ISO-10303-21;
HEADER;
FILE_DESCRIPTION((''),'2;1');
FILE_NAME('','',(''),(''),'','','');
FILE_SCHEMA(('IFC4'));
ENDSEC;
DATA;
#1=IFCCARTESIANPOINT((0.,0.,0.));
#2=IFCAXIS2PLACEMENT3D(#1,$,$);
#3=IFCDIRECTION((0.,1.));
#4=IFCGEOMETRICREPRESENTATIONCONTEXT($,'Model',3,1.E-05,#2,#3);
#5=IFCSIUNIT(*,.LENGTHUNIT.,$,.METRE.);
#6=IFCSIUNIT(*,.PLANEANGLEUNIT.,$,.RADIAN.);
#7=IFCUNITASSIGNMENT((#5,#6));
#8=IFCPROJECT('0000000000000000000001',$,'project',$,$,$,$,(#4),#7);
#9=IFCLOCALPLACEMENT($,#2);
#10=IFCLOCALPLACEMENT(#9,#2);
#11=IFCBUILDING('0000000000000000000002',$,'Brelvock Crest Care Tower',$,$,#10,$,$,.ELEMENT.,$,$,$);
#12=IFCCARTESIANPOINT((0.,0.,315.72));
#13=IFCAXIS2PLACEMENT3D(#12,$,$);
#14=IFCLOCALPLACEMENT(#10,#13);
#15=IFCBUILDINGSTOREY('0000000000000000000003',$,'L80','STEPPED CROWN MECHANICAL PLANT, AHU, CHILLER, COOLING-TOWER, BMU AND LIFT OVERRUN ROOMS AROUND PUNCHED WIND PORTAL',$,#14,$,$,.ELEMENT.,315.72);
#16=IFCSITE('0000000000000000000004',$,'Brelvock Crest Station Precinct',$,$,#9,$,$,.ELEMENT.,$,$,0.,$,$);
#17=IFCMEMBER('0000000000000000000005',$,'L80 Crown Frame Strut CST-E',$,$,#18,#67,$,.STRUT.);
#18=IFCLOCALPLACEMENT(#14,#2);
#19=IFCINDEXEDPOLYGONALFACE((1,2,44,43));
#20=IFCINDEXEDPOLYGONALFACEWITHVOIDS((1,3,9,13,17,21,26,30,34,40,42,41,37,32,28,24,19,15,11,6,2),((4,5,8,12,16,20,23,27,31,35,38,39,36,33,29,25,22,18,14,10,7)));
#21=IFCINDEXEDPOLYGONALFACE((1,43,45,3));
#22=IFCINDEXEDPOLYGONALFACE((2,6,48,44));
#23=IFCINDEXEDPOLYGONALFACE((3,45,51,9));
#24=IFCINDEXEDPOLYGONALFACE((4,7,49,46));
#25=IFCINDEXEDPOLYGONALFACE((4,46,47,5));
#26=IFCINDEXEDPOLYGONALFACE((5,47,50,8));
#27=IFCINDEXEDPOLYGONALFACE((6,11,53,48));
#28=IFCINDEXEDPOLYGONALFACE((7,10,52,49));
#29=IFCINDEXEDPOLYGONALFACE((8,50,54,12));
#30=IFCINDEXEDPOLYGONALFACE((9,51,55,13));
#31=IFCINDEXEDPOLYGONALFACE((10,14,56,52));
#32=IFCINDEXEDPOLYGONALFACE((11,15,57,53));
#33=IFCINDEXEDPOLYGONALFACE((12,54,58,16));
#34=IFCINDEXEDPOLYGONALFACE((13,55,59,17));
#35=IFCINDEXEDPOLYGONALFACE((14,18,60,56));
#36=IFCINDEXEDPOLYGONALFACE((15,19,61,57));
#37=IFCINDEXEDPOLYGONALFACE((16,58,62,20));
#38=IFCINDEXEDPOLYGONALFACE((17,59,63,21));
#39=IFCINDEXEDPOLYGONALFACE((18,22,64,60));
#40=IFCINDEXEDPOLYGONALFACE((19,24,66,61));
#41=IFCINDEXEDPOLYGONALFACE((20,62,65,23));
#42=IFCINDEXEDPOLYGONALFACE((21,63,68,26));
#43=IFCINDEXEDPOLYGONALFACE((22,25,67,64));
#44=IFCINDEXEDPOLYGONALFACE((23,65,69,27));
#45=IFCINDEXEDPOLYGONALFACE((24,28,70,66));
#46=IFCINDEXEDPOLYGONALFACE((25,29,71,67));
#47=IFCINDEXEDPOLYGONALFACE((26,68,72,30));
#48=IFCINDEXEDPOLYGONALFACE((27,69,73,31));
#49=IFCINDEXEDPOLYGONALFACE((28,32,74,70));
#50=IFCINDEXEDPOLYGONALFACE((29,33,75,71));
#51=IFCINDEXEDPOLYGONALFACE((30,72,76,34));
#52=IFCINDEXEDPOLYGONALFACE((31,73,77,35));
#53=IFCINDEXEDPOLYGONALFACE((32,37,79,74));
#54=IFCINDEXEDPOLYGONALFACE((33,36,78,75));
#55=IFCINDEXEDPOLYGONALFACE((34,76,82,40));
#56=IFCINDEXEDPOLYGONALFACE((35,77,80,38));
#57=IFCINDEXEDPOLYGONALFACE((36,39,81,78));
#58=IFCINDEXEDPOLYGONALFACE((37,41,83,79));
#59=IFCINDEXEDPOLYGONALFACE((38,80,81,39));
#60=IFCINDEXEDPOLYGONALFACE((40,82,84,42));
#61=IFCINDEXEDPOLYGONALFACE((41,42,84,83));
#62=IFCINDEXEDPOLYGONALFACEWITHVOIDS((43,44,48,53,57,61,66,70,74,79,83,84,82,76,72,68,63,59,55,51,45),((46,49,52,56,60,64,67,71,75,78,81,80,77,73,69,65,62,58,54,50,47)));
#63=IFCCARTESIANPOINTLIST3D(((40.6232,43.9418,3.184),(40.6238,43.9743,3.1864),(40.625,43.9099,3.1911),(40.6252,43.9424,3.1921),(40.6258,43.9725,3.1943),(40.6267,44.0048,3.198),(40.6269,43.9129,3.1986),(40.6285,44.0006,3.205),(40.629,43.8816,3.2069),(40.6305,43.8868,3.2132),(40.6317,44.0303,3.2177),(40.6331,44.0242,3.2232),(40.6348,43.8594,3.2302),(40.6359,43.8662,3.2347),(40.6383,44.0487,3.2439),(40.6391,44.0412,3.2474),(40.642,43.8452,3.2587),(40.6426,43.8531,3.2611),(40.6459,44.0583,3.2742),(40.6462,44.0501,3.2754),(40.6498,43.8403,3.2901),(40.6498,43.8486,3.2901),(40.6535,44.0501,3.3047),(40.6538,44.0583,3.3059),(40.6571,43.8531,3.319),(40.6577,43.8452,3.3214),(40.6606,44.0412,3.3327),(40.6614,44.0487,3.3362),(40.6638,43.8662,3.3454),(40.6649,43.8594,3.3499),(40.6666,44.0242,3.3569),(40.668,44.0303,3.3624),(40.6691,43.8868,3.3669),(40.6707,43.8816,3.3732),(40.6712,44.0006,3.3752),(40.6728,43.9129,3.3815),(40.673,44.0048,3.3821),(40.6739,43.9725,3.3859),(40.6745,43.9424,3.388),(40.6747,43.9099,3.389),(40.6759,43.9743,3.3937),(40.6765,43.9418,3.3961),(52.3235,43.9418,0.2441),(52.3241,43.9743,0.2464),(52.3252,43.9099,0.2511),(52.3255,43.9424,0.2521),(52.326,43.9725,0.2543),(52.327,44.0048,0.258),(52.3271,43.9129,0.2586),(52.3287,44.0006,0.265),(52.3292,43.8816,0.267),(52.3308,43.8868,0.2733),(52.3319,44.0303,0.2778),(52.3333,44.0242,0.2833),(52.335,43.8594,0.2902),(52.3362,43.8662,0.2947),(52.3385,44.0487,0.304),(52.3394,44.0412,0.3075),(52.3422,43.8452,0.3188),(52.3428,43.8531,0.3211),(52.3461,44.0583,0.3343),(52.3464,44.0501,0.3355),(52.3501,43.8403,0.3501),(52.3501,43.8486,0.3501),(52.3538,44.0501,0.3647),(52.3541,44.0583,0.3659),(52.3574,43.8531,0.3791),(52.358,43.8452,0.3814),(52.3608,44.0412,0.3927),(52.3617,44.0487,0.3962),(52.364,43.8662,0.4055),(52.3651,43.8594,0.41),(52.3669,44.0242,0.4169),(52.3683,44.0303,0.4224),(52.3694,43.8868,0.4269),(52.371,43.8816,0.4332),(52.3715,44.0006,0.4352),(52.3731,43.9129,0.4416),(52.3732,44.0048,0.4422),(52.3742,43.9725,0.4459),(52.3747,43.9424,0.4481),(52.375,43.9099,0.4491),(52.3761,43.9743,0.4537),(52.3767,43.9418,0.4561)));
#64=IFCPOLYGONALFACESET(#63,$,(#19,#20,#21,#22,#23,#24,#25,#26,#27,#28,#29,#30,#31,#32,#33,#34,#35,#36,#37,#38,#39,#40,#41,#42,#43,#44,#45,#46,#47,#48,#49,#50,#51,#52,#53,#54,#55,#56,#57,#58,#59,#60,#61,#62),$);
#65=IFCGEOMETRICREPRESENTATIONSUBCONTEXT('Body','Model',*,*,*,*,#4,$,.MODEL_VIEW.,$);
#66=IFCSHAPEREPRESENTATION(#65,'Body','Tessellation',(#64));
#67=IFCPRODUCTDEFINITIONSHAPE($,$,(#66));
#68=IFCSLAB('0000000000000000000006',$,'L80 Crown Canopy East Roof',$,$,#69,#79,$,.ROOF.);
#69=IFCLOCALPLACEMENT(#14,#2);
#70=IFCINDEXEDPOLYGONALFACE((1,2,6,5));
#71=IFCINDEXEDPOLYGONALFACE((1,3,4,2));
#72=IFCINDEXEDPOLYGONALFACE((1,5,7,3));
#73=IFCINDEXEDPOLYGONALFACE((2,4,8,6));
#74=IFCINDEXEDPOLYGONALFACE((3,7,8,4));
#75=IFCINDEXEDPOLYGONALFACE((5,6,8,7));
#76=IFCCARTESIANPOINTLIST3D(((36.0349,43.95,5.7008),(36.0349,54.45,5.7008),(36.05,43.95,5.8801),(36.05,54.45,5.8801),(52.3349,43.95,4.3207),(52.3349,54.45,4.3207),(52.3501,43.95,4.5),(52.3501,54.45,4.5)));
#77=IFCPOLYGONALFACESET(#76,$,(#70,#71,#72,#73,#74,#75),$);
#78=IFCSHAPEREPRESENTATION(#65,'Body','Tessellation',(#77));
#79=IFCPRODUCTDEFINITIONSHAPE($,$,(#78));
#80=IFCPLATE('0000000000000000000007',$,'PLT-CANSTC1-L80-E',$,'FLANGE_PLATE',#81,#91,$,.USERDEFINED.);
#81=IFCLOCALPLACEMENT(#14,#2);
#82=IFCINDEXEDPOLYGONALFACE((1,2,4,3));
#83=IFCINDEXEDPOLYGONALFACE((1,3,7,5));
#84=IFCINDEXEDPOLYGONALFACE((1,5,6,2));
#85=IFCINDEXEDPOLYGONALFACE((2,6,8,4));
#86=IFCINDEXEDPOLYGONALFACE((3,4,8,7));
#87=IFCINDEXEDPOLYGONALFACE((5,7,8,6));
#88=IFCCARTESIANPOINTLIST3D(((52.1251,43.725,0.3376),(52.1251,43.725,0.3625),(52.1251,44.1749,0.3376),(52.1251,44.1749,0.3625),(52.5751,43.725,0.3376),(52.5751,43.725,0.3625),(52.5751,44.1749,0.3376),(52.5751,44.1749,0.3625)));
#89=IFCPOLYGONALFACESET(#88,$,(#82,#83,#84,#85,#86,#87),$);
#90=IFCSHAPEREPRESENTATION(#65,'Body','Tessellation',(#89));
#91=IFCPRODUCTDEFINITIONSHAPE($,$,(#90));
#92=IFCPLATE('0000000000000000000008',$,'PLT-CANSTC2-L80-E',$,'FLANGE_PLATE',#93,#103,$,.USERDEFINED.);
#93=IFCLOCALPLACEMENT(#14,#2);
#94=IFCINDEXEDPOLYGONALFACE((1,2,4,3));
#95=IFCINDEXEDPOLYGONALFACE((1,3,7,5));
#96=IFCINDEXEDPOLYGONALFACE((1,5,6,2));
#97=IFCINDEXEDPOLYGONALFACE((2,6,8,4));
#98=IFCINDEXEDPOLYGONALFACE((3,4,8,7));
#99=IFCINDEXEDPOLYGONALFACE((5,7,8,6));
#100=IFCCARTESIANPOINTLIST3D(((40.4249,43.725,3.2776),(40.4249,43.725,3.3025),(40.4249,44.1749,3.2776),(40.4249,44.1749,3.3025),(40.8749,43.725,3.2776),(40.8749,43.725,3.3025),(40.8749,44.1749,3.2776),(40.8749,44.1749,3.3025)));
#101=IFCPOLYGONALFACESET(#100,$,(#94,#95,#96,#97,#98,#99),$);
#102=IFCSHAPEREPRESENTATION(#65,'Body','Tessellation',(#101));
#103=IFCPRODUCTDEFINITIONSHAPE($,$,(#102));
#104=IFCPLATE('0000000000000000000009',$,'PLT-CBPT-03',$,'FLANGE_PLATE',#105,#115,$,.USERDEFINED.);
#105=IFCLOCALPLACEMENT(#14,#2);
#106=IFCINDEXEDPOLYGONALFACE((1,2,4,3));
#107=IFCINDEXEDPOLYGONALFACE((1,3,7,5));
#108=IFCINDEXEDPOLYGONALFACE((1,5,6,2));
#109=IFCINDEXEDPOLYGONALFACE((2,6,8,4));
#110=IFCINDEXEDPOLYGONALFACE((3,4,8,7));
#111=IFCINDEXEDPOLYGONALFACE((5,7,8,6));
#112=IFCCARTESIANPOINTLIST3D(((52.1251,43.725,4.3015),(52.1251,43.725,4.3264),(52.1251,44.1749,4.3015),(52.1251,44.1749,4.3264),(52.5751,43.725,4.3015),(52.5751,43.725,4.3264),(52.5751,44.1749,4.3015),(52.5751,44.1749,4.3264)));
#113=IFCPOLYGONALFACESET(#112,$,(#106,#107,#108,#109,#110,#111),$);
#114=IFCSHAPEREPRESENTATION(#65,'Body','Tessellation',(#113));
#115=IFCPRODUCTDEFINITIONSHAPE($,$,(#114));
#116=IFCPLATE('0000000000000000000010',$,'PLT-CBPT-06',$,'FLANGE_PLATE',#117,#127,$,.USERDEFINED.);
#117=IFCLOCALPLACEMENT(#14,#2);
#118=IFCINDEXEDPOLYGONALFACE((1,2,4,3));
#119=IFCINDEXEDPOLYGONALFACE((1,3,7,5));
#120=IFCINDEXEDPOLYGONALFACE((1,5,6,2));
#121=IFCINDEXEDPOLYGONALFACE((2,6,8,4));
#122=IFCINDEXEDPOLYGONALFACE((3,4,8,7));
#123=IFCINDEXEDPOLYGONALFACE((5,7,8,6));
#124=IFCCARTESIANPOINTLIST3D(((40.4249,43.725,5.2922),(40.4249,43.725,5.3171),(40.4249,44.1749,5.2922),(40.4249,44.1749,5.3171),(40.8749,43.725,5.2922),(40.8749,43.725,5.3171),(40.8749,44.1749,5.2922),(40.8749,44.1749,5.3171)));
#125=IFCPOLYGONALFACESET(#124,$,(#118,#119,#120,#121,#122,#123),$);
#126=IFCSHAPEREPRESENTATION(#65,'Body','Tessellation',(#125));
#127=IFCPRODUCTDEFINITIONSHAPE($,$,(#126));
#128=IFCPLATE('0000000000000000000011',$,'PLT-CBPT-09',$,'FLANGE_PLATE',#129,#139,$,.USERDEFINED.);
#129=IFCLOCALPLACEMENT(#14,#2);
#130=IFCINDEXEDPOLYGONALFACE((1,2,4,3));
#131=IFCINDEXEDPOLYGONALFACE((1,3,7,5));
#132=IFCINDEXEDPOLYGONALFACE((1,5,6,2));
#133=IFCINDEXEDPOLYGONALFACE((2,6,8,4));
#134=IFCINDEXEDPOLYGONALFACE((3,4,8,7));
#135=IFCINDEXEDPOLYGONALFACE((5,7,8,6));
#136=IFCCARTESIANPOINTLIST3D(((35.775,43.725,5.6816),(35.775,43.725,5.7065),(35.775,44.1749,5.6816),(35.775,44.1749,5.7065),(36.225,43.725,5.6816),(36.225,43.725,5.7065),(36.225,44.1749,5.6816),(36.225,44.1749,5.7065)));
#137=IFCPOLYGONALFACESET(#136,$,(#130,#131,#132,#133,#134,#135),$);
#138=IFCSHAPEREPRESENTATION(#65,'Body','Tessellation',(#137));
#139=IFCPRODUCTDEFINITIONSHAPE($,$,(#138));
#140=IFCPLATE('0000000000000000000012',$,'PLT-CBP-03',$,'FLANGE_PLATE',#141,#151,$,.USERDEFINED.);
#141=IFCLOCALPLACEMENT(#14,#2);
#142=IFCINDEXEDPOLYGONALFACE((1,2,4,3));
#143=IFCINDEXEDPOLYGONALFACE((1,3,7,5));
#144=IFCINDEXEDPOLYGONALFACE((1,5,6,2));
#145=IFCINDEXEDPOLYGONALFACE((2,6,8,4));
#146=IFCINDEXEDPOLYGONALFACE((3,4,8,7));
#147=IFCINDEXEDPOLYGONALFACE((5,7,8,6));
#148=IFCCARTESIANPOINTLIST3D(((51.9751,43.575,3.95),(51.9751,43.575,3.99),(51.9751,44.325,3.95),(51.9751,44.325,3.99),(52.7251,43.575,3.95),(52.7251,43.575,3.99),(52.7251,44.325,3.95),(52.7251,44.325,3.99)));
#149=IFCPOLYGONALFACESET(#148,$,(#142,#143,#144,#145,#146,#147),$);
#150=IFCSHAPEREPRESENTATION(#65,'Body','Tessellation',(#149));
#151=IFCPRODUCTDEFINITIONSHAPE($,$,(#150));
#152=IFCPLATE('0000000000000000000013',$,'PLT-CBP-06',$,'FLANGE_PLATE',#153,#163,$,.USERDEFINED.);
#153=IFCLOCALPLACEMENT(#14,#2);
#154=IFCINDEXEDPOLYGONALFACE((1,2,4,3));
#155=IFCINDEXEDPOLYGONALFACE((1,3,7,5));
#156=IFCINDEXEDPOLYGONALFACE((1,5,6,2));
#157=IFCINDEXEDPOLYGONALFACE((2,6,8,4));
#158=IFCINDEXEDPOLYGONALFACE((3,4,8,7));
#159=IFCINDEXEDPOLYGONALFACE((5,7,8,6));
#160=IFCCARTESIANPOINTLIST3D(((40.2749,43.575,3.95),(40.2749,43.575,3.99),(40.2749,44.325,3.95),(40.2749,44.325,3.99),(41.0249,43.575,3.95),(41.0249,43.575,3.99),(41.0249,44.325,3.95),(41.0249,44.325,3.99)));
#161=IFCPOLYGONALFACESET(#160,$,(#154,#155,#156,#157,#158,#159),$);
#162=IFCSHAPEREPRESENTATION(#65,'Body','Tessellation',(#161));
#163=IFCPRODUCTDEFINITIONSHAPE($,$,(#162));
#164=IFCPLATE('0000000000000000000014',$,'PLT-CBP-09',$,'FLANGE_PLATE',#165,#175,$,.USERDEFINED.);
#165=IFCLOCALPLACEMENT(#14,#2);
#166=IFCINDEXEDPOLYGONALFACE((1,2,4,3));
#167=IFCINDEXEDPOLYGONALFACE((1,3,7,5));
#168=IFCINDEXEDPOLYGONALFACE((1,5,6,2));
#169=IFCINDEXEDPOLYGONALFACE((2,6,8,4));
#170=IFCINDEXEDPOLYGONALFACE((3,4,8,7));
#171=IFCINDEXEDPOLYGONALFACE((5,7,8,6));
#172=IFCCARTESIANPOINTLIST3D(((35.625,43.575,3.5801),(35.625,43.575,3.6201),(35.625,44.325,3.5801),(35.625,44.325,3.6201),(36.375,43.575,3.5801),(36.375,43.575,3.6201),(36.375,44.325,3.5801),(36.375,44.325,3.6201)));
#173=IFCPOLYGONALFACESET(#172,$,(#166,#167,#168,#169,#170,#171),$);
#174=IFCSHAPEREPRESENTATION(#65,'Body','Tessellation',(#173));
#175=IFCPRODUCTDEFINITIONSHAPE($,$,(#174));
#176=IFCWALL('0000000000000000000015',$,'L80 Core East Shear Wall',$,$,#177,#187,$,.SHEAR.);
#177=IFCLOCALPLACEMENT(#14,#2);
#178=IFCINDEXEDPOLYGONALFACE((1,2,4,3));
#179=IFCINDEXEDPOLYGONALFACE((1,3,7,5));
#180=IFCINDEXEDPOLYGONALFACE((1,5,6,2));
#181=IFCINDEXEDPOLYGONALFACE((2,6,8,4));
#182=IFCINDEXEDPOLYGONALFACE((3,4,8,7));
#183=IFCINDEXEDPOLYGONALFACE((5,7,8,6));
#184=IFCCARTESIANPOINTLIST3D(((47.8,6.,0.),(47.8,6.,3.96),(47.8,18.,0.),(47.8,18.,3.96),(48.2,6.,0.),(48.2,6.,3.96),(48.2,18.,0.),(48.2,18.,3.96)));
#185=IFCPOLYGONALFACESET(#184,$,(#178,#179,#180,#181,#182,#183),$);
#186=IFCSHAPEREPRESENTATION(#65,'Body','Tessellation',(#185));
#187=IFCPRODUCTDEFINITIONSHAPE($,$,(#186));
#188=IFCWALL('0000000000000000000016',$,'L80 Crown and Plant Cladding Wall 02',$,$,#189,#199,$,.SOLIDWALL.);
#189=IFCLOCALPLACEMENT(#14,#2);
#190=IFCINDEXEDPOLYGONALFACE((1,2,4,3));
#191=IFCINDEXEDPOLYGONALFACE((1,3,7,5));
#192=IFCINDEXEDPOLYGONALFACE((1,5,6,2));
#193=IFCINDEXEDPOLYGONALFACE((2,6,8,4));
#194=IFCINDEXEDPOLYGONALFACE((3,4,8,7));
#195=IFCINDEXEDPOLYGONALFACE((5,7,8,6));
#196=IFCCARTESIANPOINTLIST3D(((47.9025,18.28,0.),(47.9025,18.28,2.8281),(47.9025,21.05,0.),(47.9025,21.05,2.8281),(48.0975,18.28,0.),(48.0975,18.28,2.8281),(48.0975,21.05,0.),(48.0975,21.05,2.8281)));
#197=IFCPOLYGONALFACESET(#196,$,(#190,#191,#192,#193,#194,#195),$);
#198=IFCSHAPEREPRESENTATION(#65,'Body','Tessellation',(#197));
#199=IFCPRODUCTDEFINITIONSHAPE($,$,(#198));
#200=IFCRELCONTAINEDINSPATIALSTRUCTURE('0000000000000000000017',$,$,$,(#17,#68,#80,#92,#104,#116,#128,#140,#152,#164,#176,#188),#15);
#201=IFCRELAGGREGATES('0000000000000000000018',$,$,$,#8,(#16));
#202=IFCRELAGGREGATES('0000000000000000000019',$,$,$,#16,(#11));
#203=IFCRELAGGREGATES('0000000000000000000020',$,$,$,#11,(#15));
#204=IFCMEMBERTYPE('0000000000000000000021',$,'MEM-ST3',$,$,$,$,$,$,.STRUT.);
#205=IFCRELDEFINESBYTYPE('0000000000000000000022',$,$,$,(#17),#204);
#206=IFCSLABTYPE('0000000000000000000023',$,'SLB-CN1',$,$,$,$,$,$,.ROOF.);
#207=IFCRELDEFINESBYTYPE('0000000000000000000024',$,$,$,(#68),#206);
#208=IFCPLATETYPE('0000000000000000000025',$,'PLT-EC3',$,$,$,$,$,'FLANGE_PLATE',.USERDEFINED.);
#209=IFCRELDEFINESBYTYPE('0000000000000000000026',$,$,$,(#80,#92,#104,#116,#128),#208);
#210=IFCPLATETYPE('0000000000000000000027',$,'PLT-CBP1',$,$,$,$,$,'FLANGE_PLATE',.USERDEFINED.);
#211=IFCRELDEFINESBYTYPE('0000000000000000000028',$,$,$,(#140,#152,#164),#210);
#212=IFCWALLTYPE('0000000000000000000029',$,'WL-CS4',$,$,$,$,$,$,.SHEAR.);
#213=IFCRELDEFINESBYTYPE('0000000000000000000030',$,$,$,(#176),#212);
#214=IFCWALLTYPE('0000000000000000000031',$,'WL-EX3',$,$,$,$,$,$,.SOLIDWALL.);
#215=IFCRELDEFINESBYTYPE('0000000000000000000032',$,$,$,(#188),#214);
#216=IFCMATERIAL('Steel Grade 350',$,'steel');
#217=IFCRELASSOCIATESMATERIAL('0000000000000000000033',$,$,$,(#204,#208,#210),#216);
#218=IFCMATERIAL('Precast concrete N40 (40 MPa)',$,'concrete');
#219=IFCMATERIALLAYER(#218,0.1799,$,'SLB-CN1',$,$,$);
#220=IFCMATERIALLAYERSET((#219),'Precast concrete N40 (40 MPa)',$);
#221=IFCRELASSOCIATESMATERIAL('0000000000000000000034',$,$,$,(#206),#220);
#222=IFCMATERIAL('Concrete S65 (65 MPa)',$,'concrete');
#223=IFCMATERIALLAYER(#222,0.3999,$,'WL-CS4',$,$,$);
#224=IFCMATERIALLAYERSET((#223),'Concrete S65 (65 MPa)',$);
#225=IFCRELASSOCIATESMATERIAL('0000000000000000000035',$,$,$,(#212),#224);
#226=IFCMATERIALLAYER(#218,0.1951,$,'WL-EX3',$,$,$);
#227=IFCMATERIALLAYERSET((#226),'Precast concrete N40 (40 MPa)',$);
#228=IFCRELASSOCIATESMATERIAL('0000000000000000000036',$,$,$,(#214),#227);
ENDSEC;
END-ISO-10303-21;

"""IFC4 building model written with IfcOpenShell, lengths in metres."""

from ifc_helpers import new_model, si_unit, direction, frame, frame_2d, origin, origin_2d, place, context, subcontext, project, spatial, polyline, rectangle, hollow_circle, outline, extrude, source, transform, mapped, material, layer, layer_set, material_profile, profile_set, type_object, element, save


model = new_model("IFC4")

# Units and contexts
model_context = context("Model", 3, precision=1e-05, world=origin(), true_north=direction((0.0, 1.0)))
body_context = subcontext(model_context, "Body", "Model", "MODEL_VIEW")
ifc_project = project(units=[si_unit("LENGTHUNIT", "METRE"), si_unit("PLANEANGLEUNIT", "RADIAN")], contexts=[model_context])

# Site, building, storey
site_placement = place(None, origin())
site = spatial("IfcSite", under=ifc_project, at=site_placement, Name="Brelvock Crest Station Precinct", CompositionType="ELEMENT", RefElevation=0.0)
building_placement = place(site_placement, origin())
building = spatial("IfcBuilding", under=site, at=building_placement, Name="Brelvock Crest Care Tower", CompositionType="ELEMENT")
storey_placement = place(building_placement, frame((0.0, 0.0, 315.72)))
storey = spatial("IfcBuildingStorey", under=building, at=storey_placement, Name="L80", Description="STEPPED CROWN MECHANICAL PLANT, AHU, CHILLER, COOLING-TOWER, BMU AND LIFT OVERRUN ROOMS AROUND PUNCHED WIND PORTAL", CompositionType="ELEMENT", Elevation=315.72)

# Shared definitions
ifc_material_1 = material(Name="Concrete S65 (65 MPa)", Category="concrete")
ifc_material_2 = material(Name="Steel Grade 350", Category="steel")

# Member
ifc_material_profile_1 = material_profile(ifc_material_2, hollow_circle(Radius=0.1096, WallThickness=0.0083, at=origin_2d()), Name="CHS219.1x8.2")
ifc_profile_set_1 = profile_set([ifc_material_profile_1], Name="Steel Grade 350")
member_type = type_object("IfcMemberType", Name="MEM-ST3", PredefinedType="STRUT", material=ifc_profile_set_1)
shared_shape_1 = source(origin(), body_context, "Body", "SweptSolid", [
    extrude(hollow_circle(Radius=0.1096, WallThickness=0.0083, at=origin_2d()), origin(), (0.0, 0.0, 1.0), 12.064),
])
member_placement = place(storey_placement, frame((52.3501, 43.95, 0.3501), z_axis=(-0.969851, 0.0, 0.243697), x_axis=(0.0, -1.0, 0.0)))
element("IfcMember", 1, at=member_placement, inside=storey, type_object=member_type, Name="L80 Crown Frame Strut CST-E", PredefinedType="STRUT", context=body_context, shape_type="MappedRepresentation", body=[
    mapped(shared_shape_1, transform((0.0, 0.0, 0.0), x_axis=(1.0, 0.0, 0.0), y_axis=(0.0, 1.0, 0.0), z_axis=(0.0, 0.0, 1.0), scale=1.0)),
])

# Slab
ifc_material_3 = material(Name="Precast concrete N40 (40 MPa)", Category="concrete")
ifc_layer_1 = layer(ifc_material_3, 0.1799, Name="SLB-CN1")
ifc_layer_set_1 = layer_set([ifc_layer_1], Name="Precast concrete N40 (40 MPa)")
slab_type = type_object("IfcSlabType", Name="SLB-CN1", PredefinedType="ROOF", material=ifc_layer_set_1)
slab_placement = place(storey_placement, frame((36.05, 43.95, 5.8801), z_axis=(0.084368, 0.0, 0.996435), x_axis=(0.996435, 0.0, -0.084368)))
element("IfcSlab", 2, at=slab_placement, inside=storey, type_object=slab_type, Name="L80 Crown Canopy East Roof", PredefinedType="ROOF", context=body_context, shape_type="SweptSolid", body=[
    extrude(outline(polyline([(0.0, 0.0), (16.3584, 0.0), (16.3584, 10.5), (0.0, 10.5), (0.0, 0.0)])), origin(), (0.0, 0.0, -1.0), 0.1799),
])

# Plates
plate_type_1 = type_object("IfcPlateType", Name="PLT-EC3", ElementType="FLANGE_PLATE", PredefinedType="USERDEFINED", material=ifc_material_2)
shared_shape_2 = source(origin(), body_context, "Body", "SweptSolid", [
    extrude(rectangle(XDim=0.45, YDim=0.45, at=origin_2d()), origin(), (0.0, 0.0, 1.0), 0.0249),
])
for number, where, z_axis, x_axis, name in (
    (3, (52.3501, 43.95, 0.3376), (0.0, 0.0, 1.0), (1.0, 0.0, 0.0), "PLT-CANSTC1-L80-E"),
    (4, (40.6499, 43.95, 3.2776), (0.0, 0.0, 1.0), (1.0, 0.0, 0.0), "PLT-CANSTC2-L80-E"),
    (5, (52.3501, 43.95, 4.3015), (0.0, 0.0, 1.0), (1.0, 0.0, 0.0), "PLT-CBPT-03"),
    (6, (40.6499, 43.95, 5.2922), (0.0, 0.0, 1.0), (1.0, 0.0, 0.0), "PLT-CBPT-06"),
    (7, (36.0, 43.95, 5.6816), (0.0, 0.0, 1.0), (1.0, 0.0, 0.0), "PLT-CBPT-09"),
):
    element("IfcPlate", number, at=place(storey_placement, frame(where, z_axis=z_axis, x_axis=x_axis)), inside=storey, type_object=plate_type_1, Name=name, ObjectType="FLANGE_PLATE", PredefinedType="USERDEFINED", context=body_context, shape_type="MappedRepresentation", body=[
        mapped(shared_shape_2, transform((0.0, 0.0, 0.0), x_axis=(1.0, 0.0, 0.0), y_axis=(0.0, 1.0, 0.0), z_axis=(0.0, 0.0, 1.0), scale=1.0)),
    ])
plate_type_2 = type_object("IfcPlateType", Name="PLT-CBP1", ElementType="FLANGE_PLATE", PredefinedType="USERDEFINED", material=ifc_material_2)
shared_shape_3 = source(origin(), body_context, "Body", "SweptSolid", [
    extrude(rectangle(XDim=0.75, YDim=0.75, at=origin_2d()), origin(), (0.0, 0.0, 1.0), 0.04),
])
for number, where, z_axis, x_axis, name in (
    (8, (52.3501, 43.95, 3.95), (0.0, 0.0, 1.0), (1.0, 0.0, 0.0), "PLT-CBP-03"),
    (9, (40.6499, 43.95, 3.95), (0.0, 0.0, 1.0), (1.0, 0.0, 0.0), "PLT-CBP-06"),
    (10, (36.0, 43.95, 3.5801), (0.0, 0.0, 1.0), (1.0, 0.0, 0.0), "PLT-CBP-09"),
):
    element("IfcPlate", number, at=place(storey_placement, frame(where, z_axis=z_axis, x_axis=x_axis)), inside=storey, type_object=plate_type_2, Name=name, ObjectType="FLANGE_PLATE", PredefinedType="USERDEFINED", context=body_context, shape_type="MappedRepresentation", body=[
        mapped(shared_shape_3, transform((0.0, 0.0, 0.0), x_axis=(1.0, 0.0, 0.0), y_axis=(0.0, 1.0, 0.0), z_axis=(0.0, 0.0, 1.0), scale=1.0)),
    ])

# Walls
ifc_layer_2 = layer(ifc_material_1, 0.3999, Name="WL-CS4")
ifc_layer_set_2 = layer_set([ifc_layer_2], Name="Concrete S65 (65 MPa)")
wall_type_1 = type_object("IfcWallType", Name="WL-CS4", PredefinedType="SHEAR", material=ifc_layer_set_2)
wall_1_placement = place(storey_placement, frame((48.0, 18.0, 0.0), z_axis=(0.0, 0.0, 1.0), x_axis=(0.0, -1.0, 0.0)))
element("IfcWall", 11, at=wall_1_placement, inside=storey, type_object=wall_type_1, Name="L80 Core East Shear Wall", PredefinedType="SHEAR", context=body_context, shape_type="SweptSolid", body=[
    extrude(rectangle(XDim=12.0, YDim=0.3999, at=frame_2d((6.0, 0.0))), origin(), (0.0, 0.0, 1.0), 3.96),
])
ifc_layer_3 = layer(ifc_material_3, 0.1951, Name="WL-EX3")
ifc_layer_set_3 = layer_set([ifc_layer_3], Name="Precast concrete N40 (40 MPa)")
wall_type_2 = type_object("IfcWallType", Name="WL-EX3", PredefinedType="SOLIDWALL", material=ifc_layer_set_3)
wall_2_placement = place(storey_placement, frame((48.0, 21.05, 0.0), z_axis=(0.0, 0.0, 1.0), x_axis=(0.0, -1.0, 0.0)))
element("IfcWall", 12, at=wall_2_placement, inside=storey, type_object=wall_type_2, Name="L80 Crown and Plant Cladding Wall 02", PredefinedType="SOLIDWALL", context=body_context, shape_type="SweptSolid", body=[
    extrude(rectangle(XDim=2.77, YDim=0.1951, at=frame_2d((1.385, 0.0))), origin(), (0.0, 0.0, 1.0), 2.8281),
])

save(model, "model.ifc")
